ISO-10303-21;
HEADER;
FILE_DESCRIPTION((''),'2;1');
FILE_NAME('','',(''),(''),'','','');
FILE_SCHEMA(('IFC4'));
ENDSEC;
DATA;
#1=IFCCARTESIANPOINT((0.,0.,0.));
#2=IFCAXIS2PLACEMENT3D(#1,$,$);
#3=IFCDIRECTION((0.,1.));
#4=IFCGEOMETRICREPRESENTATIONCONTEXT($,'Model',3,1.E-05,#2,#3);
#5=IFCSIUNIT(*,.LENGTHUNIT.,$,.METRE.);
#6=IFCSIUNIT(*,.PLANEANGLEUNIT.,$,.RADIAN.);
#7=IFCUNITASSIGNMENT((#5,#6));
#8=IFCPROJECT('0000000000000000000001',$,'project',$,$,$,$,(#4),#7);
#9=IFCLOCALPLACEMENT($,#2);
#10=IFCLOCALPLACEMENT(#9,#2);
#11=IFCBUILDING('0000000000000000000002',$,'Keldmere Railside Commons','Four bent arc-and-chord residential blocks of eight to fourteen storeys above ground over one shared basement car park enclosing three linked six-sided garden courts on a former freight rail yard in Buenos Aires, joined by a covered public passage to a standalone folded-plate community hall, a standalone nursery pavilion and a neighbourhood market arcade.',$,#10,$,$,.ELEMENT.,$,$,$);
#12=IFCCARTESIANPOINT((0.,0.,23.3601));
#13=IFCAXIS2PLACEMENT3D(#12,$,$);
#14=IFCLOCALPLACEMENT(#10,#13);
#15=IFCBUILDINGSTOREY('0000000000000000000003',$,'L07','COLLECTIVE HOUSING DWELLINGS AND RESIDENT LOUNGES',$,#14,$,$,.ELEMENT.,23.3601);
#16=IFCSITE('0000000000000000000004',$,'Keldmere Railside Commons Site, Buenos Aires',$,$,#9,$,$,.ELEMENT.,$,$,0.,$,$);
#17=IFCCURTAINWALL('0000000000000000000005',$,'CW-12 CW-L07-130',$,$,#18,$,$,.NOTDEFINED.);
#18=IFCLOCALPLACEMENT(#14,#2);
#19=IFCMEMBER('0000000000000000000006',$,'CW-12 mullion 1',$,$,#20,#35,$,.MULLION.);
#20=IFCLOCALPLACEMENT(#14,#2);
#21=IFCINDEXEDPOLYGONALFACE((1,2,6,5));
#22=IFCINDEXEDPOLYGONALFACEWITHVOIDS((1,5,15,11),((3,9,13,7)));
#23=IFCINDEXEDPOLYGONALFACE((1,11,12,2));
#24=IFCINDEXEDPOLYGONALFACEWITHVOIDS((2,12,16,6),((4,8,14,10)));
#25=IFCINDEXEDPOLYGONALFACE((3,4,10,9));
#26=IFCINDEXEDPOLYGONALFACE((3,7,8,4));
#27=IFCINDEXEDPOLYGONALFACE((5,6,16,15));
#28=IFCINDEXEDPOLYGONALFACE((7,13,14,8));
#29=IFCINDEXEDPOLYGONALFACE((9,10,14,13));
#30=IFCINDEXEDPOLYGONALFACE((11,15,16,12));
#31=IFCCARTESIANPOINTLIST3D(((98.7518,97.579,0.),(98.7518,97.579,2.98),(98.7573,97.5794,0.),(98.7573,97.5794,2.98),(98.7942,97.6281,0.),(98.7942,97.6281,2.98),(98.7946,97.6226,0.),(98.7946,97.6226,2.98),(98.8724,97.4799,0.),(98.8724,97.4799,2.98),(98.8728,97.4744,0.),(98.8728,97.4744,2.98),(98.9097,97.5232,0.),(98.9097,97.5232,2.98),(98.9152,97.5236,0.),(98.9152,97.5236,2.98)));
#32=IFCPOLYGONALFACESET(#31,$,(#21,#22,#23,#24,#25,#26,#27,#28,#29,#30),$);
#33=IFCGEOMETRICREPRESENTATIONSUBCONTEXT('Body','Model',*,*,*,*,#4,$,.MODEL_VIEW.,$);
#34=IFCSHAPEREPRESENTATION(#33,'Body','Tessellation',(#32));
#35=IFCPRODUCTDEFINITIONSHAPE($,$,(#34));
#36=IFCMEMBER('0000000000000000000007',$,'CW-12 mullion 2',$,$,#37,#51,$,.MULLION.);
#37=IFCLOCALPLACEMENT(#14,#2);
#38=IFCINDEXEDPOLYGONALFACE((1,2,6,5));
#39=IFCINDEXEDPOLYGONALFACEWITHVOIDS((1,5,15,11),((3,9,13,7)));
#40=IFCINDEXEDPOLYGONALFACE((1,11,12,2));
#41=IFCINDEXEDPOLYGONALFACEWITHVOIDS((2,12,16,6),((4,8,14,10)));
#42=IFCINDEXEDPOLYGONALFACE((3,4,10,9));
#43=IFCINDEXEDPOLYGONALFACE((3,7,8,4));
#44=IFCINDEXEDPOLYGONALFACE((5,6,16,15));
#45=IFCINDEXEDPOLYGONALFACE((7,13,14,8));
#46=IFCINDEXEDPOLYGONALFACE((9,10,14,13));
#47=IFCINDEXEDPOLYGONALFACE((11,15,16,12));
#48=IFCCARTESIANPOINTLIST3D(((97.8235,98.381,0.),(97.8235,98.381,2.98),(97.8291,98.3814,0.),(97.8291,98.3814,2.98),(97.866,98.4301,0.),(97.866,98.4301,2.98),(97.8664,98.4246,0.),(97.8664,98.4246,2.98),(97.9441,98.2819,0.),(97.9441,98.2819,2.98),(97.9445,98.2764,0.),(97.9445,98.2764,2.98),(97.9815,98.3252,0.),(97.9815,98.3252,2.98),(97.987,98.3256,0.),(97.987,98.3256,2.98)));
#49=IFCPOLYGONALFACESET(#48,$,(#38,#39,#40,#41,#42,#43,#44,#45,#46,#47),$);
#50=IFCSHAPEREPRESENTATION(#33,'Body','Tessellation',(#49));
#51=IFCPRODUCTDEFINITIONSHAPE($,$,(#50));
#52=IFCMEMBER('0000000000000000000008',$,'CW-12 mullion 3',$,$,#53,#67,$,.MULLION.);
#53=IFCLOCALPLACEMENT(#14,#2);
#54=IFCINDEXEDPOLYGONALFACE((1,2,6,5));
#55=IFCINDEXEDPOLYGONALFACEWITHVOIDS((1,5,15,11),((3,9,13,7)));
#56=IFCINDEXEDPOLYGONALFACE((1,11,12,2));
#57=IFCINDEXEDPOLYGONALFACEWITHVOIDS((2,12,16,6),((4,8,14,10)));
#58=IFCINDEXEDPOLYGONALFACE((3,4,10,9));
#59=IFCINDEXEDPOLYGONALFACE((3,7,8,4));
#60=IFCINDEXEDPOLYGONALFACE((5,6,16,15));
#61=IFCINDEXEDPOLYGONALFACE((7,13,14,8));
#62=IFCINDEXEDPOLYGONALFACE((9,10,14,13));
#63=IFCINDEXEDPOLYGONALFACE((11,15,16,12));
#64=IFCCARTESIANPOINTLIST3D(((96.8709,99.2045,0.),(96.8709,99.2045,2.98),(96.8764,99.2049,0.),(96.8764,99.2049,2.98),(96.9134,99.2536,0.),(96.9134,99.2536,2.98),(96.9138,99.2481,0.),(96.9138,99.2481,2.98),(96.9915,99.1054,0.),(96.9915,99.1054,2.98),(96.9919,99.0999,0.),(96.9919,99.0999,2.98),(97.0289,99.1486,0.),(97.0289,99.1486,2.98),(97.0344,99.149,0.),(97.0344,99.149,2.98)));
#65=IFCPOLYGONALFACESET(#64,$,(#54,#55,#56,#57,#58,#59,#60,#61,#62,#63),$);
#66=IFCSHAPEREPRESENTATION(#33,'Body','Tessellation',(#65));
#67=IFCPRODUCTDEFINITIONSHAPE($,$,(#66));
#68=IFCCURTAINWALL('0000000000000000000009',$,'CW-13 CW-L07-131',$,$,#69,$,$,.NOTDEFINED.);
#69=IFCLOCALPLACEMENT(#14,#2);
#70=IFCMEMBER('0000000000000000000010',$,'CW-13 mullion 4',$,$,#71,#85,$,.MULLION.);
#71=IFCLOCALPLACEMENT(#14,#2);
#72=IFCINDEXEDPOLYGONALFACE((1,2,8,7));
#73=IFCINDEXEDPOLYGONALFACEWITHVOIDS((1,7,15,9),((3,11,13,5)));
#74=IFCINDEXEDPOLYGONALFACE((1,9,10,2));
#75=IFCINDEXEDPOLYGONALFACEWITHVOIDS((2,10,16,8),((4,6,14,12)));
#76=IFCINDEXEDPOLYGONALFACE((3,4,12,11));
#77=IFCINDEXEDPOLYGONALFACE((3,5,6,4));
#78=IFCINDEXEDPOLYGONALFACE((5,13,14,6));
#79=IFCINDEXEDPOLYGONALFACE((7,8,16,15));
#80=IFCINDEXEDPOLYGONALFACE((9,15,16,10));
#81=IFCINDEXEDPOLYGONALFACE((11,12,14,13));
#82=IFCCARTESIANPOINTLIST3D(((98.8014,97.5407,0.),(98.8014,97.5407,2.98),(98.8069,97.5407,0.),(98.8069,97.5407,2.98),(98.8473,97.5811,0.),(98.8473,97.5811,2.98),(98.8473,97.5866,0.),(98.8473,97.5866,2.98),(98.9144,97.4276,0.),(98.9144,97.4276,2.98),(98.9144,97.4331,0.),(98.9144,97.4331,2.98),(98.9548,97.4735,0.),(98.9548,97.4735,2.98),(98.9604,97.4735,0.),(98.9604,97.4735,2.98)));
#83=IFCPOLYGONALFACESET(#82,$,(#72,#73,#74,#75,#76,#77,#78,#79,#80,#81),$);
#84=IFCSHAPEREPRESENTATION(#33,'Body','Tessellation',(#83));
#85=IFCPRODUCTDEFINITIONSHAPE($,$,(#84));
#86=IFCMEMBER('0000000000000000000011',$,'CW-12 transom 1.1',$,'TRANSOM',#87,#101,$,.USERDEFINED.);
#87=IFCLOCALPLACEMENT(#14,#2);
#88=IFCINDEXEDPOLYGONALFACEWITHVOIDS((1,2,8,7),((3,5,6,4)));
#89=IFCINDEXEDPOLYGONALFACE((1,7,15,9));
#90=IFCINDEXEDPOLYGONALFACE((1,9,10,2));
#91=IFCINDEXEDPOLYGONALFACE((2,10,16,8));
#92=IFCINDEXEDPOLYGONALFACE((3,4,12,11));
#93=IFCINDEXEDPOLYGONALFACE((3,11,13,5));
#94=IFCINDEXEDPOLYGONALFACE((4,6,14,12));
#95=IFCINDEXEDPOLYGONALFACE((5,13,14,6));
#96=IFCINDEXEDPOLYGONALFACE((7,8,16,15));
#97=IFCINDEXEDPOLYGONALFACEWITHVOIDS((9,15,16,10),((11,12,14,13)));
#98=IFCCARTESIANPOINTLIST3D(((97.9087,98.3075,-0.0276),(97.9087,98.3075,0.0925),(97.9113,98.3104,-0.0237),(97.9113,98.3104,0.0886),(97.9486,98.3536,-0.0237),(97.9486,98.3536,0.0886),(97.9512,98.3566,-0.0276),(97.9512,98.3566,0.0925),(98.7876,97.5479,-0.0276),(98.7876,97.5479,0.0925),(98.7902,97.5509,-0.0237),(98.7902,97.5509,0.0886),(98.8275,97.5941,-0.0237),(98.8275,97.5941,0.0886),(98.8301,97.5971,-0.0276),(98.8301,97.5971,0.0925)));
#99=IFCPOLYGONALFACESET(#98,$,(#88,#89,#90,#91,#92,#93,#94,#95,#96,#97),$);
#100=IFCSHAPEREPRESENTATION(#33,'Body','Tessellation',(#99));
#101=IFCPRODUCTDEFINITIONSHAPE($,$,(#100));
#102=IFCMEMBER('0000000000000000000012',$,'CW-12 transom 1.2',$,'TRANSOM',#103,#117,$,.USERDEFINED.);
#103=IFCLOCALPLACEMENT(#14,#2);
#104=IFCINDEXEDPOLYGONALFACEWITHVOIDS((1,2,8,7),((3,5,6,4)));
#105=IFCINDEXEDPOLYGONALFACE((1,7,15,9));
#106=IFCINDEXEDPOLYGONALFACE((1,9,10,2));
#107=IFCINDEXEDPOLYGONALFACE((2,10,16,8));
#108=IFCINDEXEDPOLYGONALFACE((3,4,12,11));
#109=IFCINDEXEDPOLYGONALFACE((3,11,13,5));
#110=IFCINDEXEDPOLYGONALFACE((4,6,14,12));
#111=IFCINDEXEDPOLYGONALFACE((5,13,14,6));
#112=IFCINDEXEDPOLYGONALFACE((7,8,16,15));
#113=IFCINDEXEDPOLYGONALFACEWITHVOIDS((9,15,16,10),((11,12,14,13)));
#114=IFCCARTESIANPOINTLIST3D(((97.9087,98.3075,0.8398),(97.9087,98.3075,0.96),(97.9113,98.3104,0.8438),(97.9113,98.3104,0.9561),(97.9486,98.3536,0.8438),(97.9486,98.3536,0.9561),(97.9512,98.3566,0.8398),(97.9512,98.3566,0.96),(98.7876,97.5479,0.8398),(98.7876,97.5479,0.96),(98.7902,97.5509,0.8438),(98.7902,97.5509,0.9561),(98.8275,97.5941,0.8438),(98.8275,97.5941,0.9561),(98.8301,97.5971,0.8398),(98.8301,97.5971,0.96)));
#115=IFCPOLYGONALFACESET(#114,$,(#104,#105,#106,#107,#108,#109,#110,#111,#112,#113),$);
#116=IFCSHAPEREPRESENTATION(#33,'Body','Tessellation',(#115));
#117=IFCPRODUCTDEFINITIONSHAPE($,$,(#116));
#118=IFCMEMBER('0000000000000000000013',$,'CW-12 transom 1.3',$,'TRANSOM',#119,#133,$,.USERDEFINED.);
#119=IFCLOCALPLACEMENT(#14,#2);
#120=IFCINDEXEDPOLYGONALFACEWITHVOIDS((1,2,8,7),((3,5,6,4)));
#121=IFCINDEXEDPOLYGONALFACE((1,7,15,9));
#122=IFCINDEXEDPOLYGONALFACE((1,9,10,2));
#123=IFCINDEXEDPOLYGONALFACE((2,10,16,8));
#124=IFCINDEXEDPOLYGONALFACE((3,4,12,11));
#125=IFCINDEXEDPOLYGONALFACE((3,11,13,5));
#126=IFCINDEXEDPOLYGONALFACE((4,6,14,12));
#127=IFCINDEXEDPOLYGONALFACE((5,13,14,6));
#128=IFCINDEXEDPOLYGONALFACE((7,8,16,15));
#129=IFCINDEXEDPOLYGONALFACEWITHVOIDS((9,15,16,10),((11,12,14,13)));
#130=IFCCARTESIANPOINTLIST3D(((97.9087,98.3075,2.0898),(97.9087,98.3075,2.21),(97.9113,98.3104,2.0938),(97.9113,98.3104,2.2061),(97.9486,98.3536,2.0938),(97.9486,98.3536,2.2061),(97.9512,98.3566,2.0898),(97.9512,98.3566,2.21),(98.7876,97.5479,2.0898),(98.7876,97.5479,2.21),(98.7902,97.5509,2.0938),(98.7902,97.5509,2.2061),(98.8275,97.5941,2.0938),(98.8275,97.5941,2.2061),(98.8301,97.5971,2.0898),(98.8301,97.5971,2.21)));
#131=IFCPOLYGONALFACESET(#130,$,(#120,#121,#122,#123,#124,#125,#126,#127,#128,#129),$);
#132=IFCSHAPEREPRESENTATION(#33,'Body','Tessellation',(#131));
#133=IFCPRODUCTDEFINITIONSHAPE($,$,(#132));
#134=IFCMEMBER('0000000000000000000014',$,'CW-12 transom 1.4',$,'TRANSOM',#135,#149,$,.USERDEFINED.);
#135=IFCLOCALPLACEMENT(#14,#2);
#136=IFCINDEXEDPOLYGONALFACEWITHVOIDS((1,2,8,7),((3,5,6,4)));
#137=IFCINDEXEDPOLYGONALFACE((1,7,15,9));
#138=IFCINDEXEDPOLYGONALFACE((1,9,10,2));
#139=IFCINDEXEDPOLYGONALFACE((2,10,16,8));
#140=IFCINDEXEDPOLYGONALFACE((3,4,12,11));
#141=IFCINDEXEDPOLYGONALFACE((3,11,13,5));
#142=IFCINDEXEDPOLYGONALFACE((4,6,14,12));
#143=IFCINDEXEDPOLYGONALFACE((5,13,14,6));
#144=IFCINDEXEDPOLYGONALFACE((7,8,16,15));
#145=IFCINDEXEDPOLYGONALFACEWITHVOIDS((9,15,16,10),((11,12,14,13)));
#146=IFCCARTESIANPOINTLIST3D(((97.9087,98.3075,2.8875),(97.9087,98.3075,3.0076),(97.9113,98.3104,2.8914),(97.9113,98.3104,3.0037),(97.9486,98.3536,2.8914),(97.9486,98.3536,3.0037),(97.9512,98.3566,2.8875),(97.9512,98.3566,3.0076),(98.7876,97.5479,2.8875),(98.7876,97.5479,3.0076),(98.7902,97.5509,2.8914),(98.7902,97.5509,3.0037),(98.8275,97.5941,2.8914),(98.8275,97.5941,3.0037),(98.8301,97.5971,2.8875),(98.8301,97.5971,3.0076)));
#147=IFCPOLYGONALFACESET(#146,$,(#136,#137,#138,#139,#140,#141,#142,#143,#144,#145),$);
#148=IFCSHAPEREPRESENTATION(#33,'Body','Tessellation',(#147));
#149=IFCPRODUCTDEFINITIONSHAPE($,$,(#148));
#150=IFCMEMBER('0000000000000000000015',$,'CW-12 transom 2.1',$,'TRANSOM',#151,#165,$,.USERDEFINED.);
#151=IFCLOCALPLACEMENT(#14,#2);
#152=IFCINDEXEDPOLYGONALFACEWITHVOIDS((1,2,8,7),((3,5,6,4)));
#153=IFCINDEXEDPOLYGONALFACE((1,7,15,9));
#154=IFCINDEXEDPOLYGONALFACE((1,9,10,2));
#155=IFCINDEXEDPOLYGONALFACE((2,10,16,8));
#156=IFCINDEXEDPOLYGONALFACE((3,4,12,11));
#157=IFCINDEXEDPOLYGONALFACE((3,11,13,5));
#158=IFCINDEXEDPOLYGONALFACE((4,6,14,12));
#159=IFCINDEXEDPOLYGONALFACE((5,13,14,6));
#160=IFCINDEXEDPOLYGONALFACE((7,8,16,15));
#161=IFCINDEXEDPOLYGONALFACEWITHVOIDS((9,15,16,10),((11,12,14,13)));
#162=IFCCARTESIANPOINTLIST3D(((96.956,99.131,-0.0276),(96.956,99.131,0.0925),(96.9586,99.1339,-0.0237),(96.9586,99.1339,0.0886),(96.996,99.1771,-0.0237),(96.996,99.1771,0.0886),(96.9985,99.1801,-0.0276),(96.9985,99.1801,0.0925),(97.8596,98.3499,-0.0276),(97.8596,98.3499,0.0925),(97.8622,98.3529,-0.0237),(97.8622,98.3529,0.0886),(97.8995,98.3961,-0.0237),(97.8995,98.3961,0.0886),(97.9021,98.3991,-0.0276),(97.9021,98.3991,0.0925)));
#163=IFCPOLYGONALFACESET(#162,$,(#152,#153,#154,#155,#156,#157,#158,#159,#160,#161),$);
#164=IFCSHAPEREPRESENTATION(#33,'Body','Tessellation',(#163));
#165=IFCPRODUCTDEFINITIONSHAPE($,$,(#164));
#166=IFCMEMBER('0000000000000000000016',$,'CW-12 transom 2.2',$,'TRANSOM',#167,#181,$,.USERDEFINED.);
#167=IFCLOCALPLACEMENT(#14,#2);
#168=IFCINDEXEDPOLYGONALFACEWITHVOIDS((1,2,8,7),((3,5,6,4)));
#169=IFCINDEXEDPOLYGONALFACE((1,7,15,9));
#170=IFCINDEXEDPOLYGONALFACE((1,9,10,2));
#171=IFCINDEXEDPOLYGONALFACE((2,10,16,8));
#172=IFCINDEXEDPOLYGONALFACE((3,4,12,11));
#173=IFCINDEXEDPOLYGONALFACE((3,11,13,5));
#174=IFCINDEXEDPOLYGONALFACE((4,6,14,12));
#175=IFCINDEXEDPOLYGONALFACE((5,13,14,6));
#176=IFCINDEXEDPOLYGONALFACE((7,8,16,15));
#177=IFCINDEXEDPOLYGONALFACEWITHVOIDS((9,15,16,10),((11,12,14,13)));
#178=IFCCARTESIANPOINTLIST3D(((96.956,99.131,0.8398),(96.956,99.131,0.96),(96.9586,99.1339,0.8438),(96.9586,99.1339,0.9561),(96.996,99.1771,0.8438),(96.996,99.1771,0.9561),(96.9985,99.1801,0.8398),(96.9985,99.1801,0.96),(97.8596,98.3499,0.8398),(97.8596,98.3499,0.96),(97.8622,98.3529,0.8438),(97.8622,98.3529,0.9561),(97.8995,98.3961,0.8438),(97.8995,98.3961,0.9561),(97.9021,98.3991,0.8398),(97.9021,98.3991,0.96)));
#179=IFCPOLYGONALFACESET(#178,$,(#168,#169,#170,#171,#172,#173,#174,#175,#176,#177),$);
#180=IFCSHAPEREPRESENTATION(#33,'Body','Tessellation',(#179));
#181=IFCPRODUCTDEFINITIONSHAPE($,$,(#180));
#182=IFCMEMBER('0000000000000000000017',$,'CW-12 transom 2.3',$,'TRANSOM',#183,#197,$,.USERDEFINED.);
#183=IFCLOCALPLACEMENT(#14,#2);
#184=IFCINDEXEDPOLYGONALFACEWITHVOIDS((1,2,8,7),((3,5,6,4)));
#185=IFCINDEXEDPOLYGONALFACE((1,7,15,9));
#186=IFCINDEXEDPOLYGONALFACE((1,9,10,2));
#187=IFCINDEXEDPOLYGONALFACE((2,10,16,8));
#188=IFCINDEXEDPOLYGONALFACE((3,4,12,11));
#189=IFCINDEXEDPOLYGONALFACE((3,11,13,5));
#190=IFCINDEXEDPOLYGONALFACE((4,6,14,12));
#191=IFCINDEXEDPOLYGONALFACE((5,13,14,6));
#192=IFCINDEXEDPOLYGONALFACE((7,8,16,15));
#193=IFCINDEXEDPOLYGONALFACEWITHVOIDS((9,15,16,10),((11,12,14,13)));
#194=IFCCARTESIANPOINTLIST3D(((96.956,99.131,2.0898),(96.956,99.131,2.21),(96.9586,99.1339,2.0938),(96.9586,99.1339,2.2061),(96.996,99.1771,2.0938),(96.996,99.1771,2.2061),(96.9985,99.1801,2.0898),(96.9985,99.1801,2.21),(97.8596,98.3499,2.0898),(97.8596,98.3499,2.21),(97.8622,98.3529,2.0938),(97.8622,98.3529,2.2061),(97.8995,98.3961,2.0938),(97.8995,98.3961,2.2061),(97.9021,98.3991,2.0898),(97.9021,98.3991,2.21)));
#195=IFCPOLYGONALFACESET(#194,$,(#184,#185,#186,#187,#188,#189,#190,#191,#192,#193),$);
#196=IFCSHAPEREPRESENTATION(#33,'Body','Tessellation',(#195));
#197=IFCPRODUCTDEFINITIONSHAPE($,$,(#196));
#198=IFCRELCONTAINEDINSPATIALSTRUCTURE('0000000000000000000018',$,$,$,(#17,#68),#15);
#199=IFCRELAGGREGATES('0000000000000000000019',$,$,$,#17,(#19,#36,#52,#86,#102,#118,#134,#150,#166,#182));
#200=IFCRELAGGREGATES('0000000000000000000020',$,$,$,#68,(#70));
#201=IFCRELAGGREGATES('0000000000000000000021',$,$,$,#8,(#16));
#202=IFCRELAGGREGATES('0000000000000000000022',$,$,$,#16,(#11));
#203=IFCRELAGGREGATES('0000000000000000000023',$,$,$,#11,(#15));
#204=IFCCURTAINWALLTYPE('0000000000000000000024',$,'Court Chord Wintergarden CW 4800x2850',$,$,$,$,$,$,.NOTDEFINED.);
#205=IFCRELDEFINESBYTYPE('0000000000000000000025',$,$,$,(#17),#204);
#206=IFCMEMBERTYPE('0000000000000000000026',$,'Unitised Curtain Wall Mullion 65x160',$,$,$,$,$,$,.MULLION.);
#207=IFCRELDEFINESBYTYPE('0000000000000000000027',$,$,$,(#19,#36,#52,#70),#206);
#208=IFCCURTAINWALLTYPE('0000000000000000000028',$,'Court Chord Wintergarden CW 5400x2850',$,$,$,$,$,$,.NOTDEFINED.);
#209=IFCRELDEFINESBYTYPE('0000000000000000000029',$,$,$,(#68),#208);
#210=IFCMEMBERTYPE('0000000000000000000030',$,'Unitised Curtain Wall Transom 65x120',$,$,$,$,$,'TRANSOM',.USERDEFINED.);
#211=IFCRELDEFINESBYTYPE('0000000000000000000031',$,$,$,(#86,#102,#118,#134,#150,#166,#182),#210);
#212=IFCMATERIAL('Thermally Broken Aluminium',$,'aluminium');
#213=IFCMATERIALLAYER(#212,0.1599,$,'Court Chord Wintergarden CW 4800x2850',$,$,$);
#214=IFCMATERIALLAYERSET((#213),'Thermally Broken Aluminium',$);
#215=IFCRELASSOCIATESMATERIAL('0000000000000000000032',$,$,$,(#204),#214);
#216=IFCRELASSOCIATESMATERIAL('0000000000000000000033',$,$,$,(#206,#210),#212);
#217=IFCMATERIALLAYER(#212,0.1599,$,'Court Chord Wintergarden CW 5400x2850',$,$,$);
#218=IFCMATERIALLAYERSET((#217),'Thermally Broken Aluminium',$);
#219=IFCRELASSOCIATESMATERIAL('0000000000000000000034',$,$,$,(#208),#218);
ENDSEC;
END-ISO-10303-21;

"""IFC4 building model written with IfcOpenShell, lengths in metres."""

from ifc_helpers import new_model, si_unit, direction, frame, origin, origin_2d, place, context, subcontext, project, spatial, hollow_rectangle, extrude, material, layer, layer_set, material_profile, profile_set, type_object, element, aggregate, save


model = new_model("IFC4")

# Units and contexts
model_context = context("Model", 3, precision=1e-05, world=origin(), true_north=direction((0.0, 1.0)))
body_context = subcontext(model_context, "Body", "Model", "MODEL_VIEW")
ifc_project = project(units=[si_unit("LENGTHUNIT", "METRE"), si_unit("PLANEANGLEUNIT", "RADIAN")], contexts=[model_context])

# Site, building, storey
site_placement = place(None, origin())
site = spatial("IfcSite", under=ifc_project, at=site_placement, Name="Keldmere Railside Commons Site, Buenos Aires", CompositionType="ELEMENT", RefElevation=0.0)
building_placement = place(site_placement, origin())
building = spatial("IfcBuilding", under=site, at=building_placement, Name="Keldmere Railside Commons", Description="Four bent arc-and-chord residential blocks of eight to fourteen storeys above ground over one shared basement car park enclosing three linked six-sided garden courts on a former freight rail yard in Buenos Aires, joined by a covered public passage to a standalone folded-plate community hall, a standalone nursery pavilion and a neighbourhood market arcade.", CompositionType="ELEMENT")
storey_placement = place(building_placement, frame((0.0, 0.0, 23.3601)))
storey = spatial("IfcBuildingStorey", under=building, at=storey_placement, Name="L07", Description="COLLECTIVE HOUSING DWELLINGS AND RESIDENT LOUNGES", CompositionType="ELEMENT", Elevation=23.3601)

# Curtain wall, members
ifc_material_1 = material(Name="Thermally Broken Aluminium", Category="aluminium")
ifc_layer_1 = layer(ifc_material_1, 0.1599, Name="Court Chord Wintergarden CW 4800x2850")
ifc_layer_set_1 = layer_set([ifc_layer_1], Name="Thermally Broken Aluminium")
curtain_wall_type_1 = type_object("IfcCurtainWallType", Name="Court Chord Wintergarden CW 4800x2850", PredefinedType="NOTDEFINED", material=ifc_layer_set_1)
curtain_wall_1_placement = place(storey_placement, origin())
curtain_wall_1 = element("IfcCurtainWall", 1, at=curtain_wall_1_placement, inside=storey, type_object=curtain_wall_type_1, Name="CW-12 CW-L07-130", PredefinedType="NOTDEFINED")
ifc_material_profile_1 = material_profile(ifc_material_1, hollow_rectangle(XDim=0.0649, YDim=0.1599, WallThickness=0.0039, at=origin_2d()), Name="ALU-MULL-65x160")
ifc_profile_set_1 = profile_set([ifc_material_profile_1], Name="Thermally Broken Aluminium")
member_type_1 = type_object("IfcMemberType", Name="Unitised Curtain Wall Mullion 65x160", PredefinedType="MULLION", material=ifc_profile_set_1)
member_1_placement = place(storey_placement, frame((98.8335, 97.5513, 0.0), z_axis=(0.0, 0.0, 1.0), x_axis=(-0.653882, -0.756597, 0.0)))
member_1 = element("IfcMember", 2, at=member_1_placement, type_object=member_type_1, Name="CW-12 mullion 1", PredefinedType="MULLION", context=body_context, shape_type="SweptSolid", body=[
    extrude(hollow_rectangle(XDim=0.0649, YDim=0.1599, WallThickness=0.0039, at=origin_2d()), origin(), (0.0, 0.0, 1.0), 2.98),
])
member_2_placement = place(storey_placement, frame((97.9053, 98.3533, 0.0), z_axis=(0.0, 0.0, 1.0), x_axis=(-0.653882, -0.756597, 0.0)))
member_2 = element("IfcMember", 3, at=member_2_placement, type_object=member_type_1, Name="CW-12 mullion 2", PredefinedType="MULLION", context=body_context, shape_type="SweptSolid", body=[
    extrude(hollow_rectangle(XDim=0.0649, YDim=0.1599, WallThickness=0.0039, at=origin_2d()), origin(), (0.0, 0.0, 1.0), 2.98),
])
member_3_placement = place(storey_placement, frame((96.9526, 99.1768, 0.0), z_axis=(0.0, 0.0, 1.0), x_axis=(-0.653882, -0.756597, 0.0)))
member_3 = element("IfcMember", 4, at=member_3_placement, type_object=member_type_1, Name="CW-12 mullion 3", PredefinedType="MULLION", context=body_context, shape_type="SweptSolid", body=[
    extrude(hollow_rectangle(XDim=0.0649, YDim=0.1599, WallThickness=0.0039, at=origin_2d()), origin(), (0.0, 0.0, 1.0), 2.98),
])

# Curtain wall, member
ifc_layer_2 = layer(ifc_material_1, 0.1599, Name="Court Chord Wintergarden CW 5400x2850")
ifc_layer_set_2 = layer_set([ifc_layer_2], Name="Thermally Broken Aluminium")
curtain_wall_type_2 = type_object("IfcCurtainWallType", Name="Court Chord Wintergarden CW 5400x2850", PredefinedType="NOTDEFINED", material=ifc_layer_set_2)
curtain_wall_2_placement = place(storey_placement, origin())
curtain_wall_2 = element("IfcCurtainWall", 5, at=curtain_wall_2_placement, inside=storey, type_object=curtain_wall_type_2, Name="CW-13 CW-L07-131", PredefinedType="NOTDEFINED")
member_4_placement = place(storey_placement, frame((98.8809, 97.5071, 0.0), z_axis=(0.0, 0.0, 1.0), x_axis=(-0.707107, -0.707107, 0.0)))
member_4 = element("IfcMember", 6, at=member_4_placement, type_object=member_type_1, Name="CW-13 mullion 4", PredefinedType="MULLION", context=body_context, shape_type="SweptSolid", body=[
    extrude(hollow_rectangle(XDim=0.0649, YDim=0.1599, WallThickness=0.0039, at=origin_2d()), origin(), (0.0, 0.0, 1.0), 2.98),
])

# Members
ifc_material_profile_2 = material_profile(ifc_material_1, hollow_rectangle(XDim=0.0649, YDim=0.1201, WallThickness=0.0039, at=origin_2d()), Name="ALU-TRAN-65x120")
ifc_profile_set_2 = profile_set([ifc_material_profile_2], Name="Thermally Broken Aluminium")
member_type_2 = type_object("IfcMemberType", Name="Unitised Curtain Wall Transom 65x120", ElementType="TRANSOM", PredefinedType="USERDEFINED", material=ifc_profile_set_2)
member_5_placement = place(storey_placement, frame((98.8088, 97.5725, 0.0325), z_axis=(-0.756624, 0.65385, 0.0), x_axis=(-0.65385, -0.756624, 0.0)))
member_5 = element("IfcMember", 7, at=member_5_placement, type_object=member_type_2, Name="CW-12 transom 1.1", ObjectType="TRANSOM", PredefinedType="USERDEFINED", context=body_context, shape_type="SweptSolid", body=[
    extrude(hollow_rectangle(XDim=0.0649, YDim=0.1201, WallThickness=0.0039, at=origin_2d()), origin(), (0.0, 0.0, 1.0), 1.1616),
])
member_6_placement = place(storey_placement, frame((98.8088, 97.5725, 0.8999), z_axis=(-0.756624, 0.65385, 0.0), x_axis=(-0.65385, -0.756624, 0.0)))
member_6 = element("IfcMember", 8, at=member_6_placement, type_object=member_type_2, Name="CW-12 transom 1.2", ObjectType="TRANSOM", PredefinedType="USERDEFINED", context=body_context, shape_type="SweptSolid", body=[
    extrude(hollow_rectangle(XDim=0.0649, YDim=0.1201, WallThickness=0.0039, at=origin_2d()), origin(), (0.0, 0.0, 1.0), 1.1616),
])
member_7_placement = place(storey_placement, frame((98.8088, 97.5725, 2.1499), z_axis=(-0.756624, 0.65385, 0.0), x_axis=(-0.65385, -0.756624, 0.0)))
member_7 = element("IfcMember", 9, at=member_7_placement, type_object=member_type_2, Name="CW-12 transom 1.3", ObjectType="TRANSOM", PredefinedType="USERDEFINED", context=body_context, shape_type="SweptSolid", body=[
    extrude(hollow_rectangle(XDim=0.0649, YDim=0.1201, WallThickness=0.0039, at=origin_2d()), origin(), (0.0, 0.0, 1.0), 1.1616),
])
member_8_placement = place(storey_placement, frame((98.8088, 97.5725, 2.9475), z_axis=(-0.756624, 0.65385, 0.0), x_axis=(-0.65385, -0.756624, 0.0)))
member_8 = element("IfcMember", 10, at=member_8_placement, type_object=member_type_2, Name="CW-12 transom 1.4", ObjectType="TRANSOM", PredefinedType="USERDEFINED", context=body_context, shape_type="SweptSolid", body=[
    extrude(hollow_rectangle(XDim=0.0649, YDim=0.1201, WallThickness=0.0039, at=origin_2d()), origin(), (0.0, 0.0, 1.0), 1.1616),
])
member_9_placement = place(storey_placement, frame((97.8809, 98.3745, 0.0325), z_axis=(-0.756552, 0.653934, 0.0), x_axis=(-0.653934, -0.756552, 0.0)))
member_9 = element("IfcMember", 11, at=member_9_placement, type_object=member_type_2, Name="CW-12 transom 2.1", ObjectType="TRANSOM", PredefinedType="USERDEFINED", context=body_context, shape_type="SweptSolid", body=[
    extrude(hollow_rectangle(XDim=0.0649, YDim=0.1201, WallThickness=0.0039, at=origin_2d()), origin(), (0.0, 0.0, 1.0), 1.1943),
])
member_10_placement = place(storey_placement, frame((97.8809, 98.3745, 0.8999), z_axis=(-0.756552, 0.653934, 0.0), x_axis=(-0.653934, -0.756552, 0.0)))
member_10 = element("IfcMember", 12, at=member_10_placement, type_object=member_type_2, Name="CW-12 transom 2.2", ObjectType="TRANSOM", PredefinedType="USERDEFINED", context=body_context, shape_type="SweptSolid", body=[
    extrude(hollow_rectangle(XDim=0.0649, YDim=0.1201, WallThickness=0.0039, at=origin_2d()), origin(), (0.0, 0.0, 1.0), 1.1943),
])
member_11_placement = place(storey_placement, frame((97.8809, 98.3745, 2.1499), z_axis=(-0.756552, 0.653934, 0.0), x_axis=(-0.653934, -0.756552, 0.0)))
member_11 = element("IfcMember", 13, at=member_11_placement, type_object=member_type_2, Name="CW-12 transom 2.3", ObjectType="TRANSOM", PredefinedType="USERDEFINED", context=body_context, shape_type="SweptSolid", body=[
    extrude(hollow_rectangle(XDim=0.0649, YDim=0.1201, WallThickness=0.0039, at=origin_2d()), origin(), (0.0, 0.0, 1.0), 1.1943),
])

aggregate(curtain_wall_1, [member_1, member_2, member_3, member_5, member_6, member_7, member_8, member_9, member_10, member_11])
aggregate(curtain_wall_2, [member_4])

save(model, "model.ifc")
